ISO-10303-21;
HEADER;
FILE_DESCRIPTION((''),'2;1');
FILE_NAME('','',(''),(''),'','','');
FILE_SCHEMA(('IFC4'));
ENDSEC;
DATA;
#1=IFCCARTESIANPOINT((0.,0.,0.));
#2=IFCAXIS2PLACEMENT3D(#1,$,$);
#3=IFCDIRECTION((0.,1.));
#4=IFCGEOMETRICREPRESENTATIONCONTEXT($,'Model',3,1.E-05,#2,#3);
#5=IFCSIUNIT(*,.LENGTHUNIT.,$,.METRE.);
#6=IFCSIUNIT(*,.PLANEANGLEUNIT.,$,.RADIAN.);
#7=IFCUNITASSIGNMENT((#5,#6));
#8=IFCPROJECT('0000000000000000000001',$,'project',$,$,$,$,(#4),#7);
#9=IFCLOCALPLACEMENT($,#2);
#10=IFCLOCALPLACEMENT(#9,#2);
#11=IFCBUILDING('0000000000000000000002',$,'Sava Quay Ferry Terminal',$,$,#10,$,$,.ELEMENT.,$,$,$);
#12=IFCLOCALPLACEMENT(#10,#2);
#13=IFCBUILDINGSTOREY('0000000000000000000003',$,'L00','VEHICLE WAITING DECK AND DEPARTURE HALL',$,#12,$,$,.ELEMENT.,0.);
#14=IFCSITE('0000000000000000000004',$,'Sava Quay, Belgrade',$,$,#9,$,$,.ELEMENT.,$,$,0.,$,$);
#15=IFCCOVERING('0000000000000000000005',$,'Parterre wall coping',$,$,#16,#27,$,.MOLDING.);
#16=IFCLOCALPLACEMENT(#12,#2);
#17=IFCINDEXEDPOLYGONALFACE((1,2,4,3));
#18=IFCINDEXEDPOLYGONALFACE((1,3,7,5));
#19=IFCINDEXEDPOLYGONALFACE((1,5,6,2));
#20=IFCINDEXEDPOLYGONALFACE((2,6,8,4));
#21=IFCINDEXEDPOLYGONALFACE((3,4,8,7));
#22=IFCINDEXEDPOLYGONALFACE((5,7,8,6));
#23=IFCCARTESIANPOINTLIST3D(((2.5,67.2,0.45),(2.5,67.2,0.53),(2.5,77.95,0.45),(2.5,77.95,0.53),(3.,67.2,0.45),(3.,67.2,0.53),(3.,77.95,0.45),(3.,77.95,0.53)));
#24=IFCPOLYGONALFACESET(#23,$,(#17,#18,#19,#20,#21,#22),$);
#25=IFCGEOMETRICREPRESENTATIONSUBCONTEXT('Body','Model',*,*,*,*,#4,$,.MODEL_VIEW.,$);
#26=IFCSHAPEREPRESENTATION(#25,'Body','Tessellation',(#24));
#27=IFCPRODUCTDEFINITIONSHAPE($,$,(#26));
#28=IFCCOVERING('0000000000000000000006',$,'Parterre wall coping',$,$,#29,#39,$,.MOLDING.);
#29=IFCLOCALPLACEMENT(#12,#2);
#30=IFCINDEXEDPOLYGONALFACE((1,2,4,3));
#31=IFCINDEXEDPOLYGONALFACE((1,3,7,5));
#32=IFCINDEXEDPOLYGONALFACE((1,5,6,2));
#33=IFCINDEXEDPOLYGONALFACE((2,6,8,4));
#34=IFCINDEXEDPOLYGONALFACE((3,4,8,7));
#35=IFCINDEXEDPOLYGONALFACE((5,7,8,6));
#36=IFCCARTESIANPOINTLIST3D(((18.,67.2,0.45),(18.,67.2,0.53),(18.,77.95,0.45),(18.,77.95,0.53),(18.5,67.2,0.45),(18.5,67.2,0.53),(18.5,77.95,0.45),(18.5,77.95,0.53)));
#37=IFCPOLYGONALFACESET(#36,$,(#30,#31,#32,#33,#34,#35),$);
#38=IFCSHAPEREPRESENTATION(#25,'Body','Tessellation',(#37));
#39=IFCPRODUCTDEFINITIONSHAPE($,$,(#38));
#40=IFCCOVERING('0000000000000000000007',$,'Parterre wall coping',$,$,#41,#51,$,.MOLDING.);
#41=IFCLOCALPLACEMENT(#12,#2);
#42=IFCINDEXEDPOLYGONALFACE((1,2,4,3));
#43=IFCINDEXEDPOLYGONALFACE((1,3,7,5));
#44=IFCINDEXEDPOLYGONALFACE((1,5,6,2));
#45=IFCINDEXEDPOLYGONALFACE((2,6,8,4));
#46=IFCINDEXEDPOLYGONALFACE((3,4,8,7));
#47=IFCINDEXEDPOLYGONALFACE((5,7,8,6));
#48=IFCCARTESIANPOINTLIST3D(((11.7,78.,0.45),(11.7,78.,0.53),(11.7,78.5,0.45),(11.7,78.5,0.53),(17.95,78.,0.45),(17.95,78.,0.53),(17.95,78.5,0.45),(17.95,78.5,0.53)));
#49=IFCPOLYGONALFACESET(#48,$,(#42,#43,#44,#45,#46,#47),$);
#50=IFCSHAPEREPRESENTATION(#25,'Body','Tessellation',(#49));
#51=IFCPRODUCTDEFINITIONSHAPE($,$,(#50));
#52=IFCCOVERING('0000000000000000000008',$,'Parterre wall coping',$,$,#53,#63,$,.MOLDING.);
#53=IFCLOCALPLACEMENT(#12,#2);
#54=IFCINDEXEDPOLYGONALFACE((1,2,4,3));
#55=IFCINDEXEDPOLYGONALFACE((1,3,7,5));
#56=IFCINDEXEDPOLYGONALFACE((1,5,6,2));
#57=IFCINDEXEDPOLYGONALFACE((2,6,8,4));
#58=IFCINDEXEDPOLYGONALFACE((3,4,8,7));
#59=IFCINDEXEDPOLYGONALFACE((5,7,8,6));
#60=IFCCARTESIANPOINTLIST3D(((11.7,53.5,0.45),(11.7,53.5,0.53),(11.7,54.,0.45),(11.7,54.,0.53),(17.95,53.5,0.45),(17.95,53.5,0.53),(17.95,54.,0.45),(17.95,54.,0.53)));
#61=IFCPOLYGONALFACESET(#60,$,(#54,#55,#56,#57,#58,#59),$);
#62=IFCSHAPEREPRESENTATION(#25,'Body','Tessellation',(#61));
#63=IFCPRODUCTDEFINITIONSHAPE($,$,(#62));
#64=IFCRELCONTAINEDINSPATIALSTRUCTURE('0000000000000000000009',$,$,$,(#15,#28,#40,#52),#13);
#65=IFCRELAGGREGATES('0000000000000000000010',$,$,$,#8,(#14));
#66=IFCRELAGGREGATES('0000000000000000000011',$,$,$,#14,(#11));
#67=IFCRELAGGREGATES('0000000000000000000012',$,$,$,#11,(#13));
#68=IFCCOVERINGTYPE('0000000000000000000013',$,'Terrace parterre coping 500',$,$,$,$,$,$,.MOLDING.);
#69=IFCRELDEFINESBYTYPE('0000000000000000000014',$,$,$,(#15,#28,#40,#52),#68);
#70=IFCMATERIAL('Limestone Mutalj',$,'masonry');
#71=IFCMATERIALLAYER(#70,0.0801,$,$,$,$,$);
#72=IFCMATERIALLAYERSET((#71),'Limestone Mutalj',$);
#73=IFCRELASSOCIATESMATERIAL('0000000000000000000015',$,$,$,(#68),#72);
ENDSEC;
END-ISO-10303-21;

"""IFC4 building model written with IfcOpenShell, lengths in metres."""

from ifc_helpers import new_model, si_unit, direction, frame, origin, place, context, subcontext, project, spatial, polyline, outline, extrude, material, layer, layer_set, type_object, element, save


model = new_model("IFC4")

# Units and contexts
model_context = context("Model", 3, precision=1e-05, world=origin(), true_north=direction((0.0, 1.0)))
body_context = subcontext(model_context, "Body", "Model", "MODEL_VIEW")
ifc_project = project(units=[si_unit("LENGTHUNIT", "METRE"), si_unit("PLANEANGLEUNIT", "RADIAN")], contexts=[model_context])

# Site, building, storey
site_placement = place(None, origin())
site = spatial("IfcSite", under=ifc_project, at=site_placement, Name="Sava Quay, Belgrade", CompositionType="ELEMENT", RefElevation=0.0)
building_placement = place(site_placement, origin())
building = spatial("IfcBuilding", under=site, at=building_placement, Name="Sava Quay Ferry Terminal", CompositionType="ELEMENT")
storey_placement = place(building_placement, origin())
storey = spatial("IfcBuildingStorey", under=building, at=storey_placement, Name="L00", Description="VEHICLE WAITING DECK AND DEPARTURE HALL", CompositionType="ELEMENT", Elevation=0.0)

# Coverings
ifc_material_1 = material(Name="Limestone Mutalj", Category="masonry")
ifc_layer_1 = layer(ifc_material_1, 0.0801)
ifc_layer_set_1 = layer_set([ifc_layer_1], Name="Limestone Mutalj")
covering_type_1 = type_object("IfcCoveringType", Name="Terrace parterre coping 500", PredefinedType="MOLDING", material=ifc_layer_set_1)
covering_1_placement = place(storey_placement, frame((0.0, 0.0, 0.45)))
element("IfcCovering", 1, at=covering_1_placement, inside=storey, type_object=covering_type_1, Name="Parterre wall coping", PredefinedType="MOLDING", context=body_context, shape_type="SweptSolid", body=[
    extrude(outline(polyline([(2.5, 67.2), (3.0, 67.2), (3.0, 77.95), (2.5, 77.95), (2.5, 67.2)])), origin(), (0.0, 0.0, 1.0), 0.0801),
])
covering_2_placement = place(storey_placement, frame((0.0, 0.0, 0.45)))
element("IfcCovering", 2, at=covering_2_placement, inside=storey, type_object=covering_type_1, Name="Parterre wall coping", PredefinedType="MOLDING", context=body_context, shape_type="SweptSolid", body=[
    extrude(outline(polyline([(18.0, 67.2), (18.5, 67.2), (18.5, 77.95), (18.0, 77.95), (18.0, 67.2)])), origin(), (0.0, 0.0, 1.0), 0.0801),
])
covering_3_placement = place(storey_placement, frame((0.0, 0.0, 0.45)))
element("IfcCovering", 3, at=covering_3_placement, inside=storey, type_object=covering_type_1, Name="Parterre wall coping", PredefinedType="MOLDING", context=body_context, shape_type="SweptSolid", body=[
    extrude(outline(polyline([(11.7, 78.5), (11.7, 78.0), (17.95, 78.0), (17.95, 78.5), (11.7, 78.5)])), origin(), (0.0, 0.0, 1.0), 0.0801),
])
covering_4_placement = place(storey_placement, frame((0.0, 0.0, 0.45)))
element("IfcCovering", 4, at=covering_4_placement, inside=storey, type_object=covering_type_1, Name="Parterre wall coping", PredefinedType="MOLDING", context=body_context, shape_type="SweptSolid", body=[
    extrude(outline(polyline([(11.7, 54.0), (11.7, 53.5), (17.95, 53.5), (17.95, 54.0), (11.7, 54.0)])), origin(), (0.0, 0.0, 1.0), 0.0801),
])

save(model, "model.ifc")
